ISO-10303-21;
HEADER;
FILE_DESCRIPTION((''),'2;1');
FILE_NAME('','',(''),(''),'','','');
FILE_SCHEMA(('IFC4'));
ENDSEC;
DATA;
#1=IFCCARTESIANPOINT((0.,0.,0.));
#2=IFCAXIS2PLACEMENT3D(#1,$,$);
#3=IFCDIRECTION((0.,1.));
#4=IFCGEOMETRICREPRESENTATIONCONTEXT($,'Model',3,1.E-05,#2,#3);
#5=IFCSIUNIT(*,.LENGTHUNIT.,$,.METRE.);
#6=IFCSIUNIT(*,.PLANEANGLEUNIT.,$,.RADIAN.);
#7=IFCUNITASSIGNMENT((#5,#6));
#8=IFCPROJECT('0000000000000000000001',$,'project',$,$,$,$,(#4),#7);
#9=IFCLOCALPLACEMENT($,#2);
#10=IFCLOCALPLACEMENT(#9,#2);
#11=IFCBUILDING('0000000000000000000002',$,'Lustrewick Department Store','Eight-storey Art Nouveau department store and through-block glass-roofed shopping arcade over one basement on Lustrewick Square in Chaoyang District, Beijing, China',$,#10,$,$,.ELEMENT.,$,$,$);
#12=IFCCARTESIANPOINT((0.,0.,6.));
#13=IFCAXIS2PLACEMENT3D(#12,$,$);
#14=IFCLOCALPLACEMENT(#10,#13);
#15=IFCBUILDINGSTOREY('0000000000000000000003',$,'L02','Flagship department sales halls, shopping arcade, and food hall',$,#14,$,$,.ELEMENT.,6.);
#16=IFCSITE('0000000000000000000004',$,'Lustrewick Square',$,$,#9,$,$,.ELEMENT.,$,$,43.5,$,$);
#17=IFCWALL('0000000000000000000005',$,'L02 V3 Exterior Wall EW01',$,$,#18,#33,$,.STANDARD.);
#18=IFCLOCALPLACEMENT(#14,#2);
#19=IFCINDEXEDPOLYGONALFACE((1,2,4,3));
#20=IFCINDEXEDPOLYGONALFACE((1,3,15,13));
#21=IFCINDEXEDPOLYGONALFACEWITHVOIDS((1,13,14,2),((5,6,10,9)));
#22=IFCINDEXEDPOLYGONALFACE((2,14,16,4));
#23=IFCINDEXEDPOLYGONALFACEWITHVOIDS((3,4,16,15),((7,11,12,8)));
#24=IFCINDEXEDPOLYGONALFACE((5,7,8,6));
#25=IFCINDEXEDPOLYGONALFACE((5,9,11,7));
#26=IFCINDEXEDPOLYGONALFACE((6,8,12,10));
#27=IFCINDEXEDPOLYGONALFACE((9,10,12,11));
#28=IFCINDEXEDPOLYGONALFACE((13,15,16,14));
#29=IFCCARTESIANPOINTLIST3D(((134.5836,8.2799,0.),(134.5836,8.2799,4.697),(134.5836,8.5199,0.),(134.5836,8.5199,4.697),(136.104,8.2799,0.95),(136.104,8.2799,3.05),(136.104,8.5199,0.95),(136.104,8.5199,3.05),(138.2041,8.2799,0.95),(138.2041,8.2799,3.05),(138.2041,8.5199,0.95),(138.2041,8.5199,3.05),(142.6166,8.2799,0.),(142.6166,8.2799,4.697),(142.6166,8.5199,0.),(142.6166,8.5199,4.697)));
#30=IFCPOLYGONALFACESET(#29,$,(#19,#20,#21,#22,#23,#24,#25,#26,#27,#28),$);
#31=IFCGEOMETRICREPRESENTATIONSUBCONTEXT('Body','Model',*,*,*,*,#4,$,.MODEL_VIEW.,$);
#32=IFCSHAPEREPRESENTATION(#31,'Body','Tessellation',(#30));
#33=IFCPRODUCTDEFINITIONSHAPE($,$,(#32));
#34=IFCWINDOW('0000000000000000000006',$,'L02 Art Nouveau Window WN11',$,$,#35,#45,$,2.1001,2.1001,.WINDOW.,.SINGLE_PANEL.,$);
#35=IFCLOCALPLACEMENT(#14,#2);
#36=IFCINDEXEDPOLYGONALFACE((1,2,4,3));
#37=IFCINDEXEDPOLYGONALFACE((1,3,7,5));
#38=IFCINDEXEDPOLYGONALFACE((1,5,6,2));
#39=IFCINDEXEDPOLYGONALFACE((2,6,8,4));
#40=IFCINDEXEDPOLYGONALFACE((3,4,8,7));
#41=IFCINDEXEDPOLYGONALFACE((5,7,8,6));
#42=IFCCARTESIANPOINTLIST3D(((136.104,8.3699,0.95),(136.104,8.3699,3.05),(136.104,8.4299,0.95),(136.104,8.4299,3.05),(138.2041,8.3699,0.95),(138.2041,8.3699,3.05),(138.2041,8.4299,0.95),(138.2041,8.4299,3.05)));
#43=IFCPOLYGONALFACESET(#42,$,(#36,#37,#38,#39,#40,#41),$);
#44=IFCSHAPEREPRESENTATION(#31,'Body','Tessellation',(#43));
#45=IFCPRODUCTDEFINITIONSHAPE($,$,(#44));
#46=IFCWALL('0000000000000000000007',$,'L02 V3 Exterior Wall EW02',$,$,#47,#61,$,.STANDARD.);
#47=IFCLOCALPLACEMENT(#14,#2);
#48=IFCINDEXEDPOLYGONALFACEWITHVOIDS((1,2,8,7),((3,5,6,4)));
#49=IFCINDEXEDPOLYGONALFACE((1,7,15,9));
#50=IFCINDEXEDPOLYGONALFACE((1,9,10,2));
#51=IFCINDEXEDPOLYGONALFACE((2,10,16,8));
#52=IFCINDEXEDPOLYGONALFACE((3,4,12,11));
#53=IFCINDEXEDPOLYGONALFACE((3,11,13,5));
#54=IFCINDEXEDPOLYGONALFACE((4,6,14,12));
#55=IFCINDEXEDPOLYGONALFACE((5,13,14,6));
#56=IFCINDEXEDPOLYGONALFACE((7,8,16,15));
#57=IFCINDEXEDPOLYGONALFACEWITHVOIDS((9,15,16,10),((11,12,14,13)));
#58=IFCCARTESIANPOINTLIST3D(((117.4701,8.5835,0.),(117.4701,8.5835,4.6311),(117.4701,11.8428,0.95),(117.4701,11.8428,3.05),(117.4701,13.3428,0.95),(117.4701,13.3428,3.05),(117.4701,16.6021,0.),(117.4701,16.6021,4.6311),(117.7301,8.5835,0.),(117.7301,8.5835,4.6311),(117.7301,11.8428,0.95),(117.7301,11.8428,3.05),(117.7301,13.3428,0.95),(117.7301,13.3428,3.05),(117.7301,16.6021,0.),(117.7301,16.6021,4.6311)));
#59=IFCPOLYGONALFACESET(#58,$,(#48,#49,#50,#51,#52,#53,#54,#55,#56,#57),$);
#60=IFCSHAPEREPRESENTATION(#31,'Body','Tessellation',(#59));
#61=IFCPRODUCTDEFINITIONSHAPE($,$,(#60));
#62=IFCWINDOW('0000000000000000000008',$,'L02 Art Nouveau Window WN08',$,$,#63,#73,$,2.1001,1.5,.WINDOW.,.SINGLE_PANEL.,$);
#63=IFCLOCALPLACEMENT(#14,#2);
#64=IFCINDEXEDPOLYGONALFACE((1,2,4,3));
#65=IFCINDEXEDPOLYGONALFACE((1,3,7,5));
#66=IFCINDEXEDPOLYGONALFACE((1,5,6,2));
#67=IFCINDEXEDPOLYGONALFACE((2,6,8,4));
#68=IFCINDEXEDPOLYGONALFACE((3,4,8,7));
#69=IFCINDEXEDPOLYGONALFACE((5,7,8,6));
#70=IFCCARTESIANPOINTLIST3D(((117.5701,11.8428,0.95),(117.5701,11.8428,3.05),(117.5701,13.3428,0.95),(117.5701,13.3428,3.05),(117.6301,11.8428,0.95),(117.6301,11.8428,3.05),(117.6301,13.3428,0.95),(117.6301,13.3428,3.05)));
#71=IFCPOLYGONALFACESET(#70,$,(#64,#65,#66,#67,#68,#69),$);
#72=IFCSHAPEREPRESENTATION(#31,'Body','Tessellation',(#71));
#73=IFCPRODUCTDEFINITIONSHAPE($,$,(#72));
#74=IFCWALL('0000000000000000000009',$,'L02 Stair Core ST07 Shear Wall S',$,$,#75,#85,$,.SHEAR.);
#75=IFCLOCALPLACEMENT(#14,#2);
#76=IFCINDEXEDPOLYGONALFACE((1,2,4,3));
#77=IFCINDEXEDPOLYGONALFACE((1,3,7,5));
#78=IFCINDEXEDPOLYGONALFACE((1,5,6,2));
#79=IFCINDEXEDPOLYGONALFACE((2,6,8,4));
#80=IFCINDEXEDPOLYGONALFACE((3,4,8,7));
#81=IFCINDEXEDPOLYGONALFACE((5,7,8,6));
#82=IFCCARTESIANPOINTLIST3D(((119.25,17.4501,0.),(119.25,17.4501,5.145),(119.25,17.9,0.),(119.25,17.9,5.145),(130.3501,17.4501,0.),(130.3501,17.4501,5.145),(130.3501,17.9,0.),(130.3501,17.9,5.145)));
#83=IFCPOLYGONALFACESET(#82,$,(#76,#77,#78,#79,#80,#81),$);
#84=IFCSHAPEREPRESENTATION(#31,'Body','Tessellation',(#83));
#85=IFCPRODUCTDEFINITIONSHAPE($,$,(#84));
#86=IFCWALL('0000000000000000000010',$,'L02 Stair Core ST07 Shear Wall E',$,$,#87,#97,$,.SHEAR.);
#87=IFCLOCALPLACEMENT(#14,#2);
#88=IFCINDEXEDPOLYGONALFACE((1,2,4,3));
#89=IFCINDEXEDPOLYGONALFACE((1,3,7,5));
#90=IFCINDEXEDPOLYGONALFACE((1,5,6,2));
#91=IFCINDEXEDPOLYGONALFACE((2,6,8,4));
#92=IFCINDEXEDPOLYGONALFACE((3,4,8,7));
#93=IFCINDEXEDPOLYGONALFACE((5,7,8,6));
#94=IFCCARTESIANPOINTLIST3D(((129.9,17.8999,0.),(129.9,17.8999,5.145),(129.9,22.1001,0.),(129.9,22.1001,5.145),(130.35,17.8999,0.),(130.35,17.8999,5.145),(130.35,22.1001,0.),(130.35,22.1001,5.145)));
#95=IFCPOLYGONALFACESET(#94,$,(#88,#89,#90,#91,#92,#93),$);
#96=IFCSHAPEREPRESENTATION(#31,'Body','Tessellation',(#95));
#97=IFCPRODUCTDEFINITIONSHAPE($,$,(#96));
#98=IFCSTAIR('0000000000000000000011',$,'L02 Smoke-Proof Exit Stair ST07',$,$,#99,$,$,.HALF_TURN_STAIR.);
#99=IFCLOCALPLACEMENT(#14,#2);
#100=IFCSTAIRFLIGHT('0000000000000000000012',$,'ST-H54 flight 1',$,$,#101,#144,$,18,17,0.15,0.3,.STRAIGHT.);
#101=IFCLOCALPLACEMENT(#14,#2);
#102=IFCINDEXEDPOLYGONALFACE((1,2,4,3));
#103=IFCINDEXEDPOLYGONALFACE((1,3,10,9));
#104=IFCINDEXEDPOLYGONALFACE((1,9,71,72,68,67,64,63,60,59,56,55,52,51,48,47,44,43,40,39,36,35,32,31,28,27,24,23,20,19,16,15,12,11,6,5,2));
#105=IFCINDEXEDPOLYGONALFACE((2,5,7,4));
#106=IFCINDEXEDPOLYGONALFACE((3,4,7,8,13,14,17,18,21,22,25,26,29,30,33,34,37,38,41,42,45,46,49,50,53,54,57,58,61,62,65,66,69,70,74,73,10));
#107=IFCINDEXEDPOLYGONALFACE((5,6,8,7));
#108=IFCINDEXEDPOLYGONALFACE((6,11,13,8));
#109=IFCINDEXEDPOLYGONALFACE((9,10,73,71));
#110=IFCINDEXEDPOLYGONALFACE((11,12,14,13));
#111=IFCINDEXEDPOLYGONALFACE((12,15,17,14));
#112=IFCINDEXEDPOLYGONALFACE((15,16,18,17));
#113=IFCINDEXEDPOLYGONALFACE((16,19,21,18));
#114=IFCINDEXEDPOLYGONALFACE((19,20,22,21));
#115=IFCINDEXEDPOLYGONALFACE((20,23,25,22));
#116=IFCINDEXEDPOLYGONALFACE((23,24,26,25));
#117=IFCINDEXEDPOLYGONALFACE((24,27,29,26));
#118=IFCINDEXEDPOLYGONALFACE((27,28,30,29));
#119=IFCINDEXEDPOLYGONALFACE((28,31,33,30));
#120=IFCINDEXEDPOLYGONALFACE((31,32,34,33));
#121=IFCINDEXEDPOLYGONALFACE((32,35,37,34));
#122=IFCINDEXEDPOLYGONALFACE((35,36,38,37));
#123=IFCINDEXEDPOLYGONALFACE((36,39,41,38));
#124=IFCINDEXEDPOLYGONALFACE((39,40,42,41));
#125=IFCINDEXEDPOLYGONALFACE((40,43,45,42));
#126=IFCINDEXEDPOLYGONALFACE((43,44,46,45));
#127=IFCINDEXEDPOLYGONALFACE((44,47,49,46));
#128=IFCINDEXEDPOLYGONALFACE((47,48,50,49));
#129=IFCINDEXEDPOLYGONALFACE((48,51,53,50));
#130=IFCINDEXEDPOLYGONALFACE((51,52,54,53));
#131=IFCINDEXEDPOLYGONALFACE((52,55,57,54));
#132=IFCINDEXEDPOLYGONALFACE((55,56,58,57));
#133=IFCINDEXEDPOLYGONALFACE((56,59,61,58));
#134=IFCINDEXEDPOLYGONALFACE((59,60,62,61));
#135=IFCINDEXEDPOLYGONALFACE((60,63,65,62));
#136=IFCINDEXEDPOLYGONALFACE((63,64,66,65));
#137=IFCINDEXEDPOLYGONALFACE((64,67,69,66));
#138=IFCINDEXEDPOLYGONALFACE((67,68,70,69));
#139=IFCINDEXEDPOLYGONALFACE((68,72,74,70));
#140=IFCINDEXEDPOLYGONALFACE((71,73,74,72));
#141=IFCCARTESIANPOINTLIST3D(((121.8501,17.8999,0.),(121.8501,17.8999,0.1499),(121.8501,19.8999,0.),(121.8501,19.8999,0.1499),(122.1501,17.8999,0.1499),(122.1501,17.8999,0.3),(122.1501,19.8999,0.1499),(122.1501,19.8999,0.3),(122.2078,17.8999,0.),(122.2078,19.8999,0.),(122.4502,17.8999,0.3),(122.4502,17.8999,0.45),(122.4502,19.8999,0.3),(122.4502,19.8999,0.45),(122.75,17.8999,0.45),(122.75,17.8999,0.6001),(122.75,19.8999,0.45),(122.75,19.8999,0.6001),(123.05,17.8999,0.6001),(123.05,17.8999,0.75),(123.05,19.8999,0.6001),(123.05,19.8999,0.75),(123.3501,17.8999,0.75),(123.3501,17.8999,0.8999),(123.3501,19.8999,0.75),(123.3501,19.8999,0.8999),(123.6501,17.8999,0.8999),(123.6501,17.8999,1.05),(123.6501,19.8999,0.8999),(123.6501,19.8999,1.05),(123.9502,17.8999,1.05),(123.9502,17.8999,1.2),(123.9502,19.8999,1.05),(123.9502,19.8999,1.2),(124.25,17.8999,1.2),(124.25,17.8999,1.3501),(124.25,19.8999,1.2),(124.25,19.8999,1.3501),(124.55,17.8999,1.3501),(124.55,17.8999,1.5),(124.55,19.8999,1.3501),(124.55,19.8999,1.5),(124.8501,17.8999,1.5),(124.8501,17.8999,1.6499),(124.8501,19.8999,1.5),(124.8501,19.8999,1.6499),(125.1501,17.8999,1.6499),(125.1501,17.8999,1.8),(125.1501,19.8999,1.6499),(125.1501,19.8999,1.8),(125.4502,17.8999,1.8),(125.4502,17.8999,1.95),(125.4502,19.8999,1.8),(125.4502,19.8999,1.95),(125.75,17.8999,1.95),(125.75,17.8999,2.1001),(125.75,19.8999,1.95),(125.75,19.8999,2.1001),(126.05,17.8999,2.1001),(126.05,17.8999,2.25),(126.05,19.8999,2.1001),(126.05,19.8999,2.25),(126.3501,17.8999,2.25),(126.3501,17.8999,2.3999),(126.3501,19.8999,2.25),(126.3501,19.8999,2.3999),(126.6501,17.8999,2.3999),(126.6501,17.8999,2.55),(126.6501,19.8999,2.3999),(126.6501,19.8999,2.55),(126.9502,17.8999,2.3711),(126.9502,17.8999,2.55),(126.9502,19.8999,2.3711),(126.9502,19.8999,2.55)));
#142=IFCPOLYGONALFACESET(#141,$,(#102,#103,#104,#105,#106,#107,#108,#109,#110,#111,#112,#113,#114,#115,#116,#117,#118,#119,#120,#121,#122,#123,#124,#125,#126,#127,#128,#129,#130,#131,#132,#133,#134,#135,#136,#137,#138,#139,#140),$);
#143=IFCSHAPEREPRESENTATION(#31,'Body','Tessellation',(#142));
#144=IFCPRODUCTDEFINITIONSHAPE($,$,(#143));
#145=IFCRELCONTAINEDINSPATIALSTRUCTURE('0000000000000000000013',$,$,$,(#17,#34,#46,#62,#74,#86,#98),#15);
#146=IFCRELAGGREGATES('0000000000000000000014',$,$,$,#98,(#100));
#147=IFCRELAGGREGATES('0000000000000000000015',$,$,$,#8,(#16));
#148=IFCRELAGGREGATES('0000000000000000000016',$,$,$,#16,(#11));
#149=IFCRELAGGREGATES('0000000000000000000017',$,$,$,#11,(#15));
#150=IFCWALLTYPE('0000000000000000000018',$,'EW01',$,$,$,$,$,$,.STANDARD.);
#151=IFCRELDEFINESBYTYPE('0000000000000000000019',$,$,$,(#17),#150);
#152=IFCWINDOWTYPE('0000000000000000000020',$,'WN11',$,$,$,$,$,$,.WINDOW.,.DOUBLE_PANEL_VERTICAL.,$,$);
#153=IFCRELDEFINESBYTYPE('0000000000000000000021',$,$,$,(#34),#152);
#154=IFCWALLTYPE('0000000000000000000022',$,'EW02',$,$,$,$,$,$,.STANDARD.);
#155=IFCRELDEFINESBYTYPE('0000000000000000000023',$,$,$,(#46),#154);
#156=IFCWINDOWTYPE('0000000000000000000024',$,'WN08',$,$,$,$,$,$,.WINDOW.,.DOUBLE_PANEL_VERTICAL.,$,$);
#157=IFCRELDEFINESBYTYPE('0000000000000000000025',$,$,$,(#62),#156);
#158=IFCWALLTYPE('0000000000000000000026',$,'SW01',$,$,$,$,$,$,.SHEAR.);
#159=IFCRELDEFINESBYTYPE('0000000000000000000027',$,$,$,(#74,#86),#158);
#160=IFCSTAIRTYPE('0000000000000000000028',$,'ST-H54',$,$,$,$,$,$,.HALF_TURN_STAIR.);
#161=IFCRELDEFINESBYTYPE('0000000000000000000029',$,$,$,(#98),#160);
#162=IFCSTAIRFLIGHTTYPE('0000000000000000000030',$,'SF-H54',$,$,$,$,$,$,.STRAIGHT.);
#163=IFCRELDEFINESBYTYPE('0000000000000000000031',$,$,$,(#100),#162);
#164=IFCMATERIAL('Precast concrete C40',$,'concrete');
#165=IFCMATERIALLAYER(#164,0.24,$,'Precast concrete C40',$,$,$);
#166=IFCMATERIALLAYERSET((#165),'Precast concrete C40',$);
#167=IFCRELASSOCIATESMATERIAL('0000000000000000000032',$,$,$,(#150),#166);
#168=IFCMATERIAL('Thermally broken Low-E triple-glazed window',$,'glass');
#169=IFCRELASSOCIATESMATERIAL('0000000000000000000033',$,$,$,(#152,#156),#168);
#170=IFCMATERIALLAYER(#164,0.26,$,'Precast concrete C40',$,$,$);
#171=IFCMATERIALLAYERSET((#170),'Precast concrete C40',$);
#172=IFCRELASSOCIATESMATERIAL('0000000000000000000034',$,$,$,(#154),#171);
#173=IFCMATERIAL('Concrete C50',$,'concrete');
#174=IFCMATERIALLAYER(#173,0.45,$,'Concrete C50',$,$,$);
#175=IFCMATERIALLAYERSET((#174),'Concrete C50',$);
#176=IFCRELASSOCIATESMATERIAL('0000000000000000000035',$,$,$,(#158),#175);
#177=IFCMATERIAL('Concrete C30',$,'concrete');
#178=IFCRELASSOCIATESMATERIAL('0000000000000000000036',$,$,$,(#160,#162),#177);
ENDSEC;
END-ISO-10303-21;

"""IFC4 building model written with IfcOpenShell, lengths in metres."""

from ifc_helpers import new_model, si_unit, direction, frame, frame_2d, origin, place, context, subcontext, project, spatial, polyline, rectangle, outline, extrude, material, layer, layer_set, type_object, element, fill, aggregate, save


model = new_model("IFC4")

# Units and contexts
model_context = context("Model", 3, precision=1e-05, world=origin(), true_north=direction((0.0, 1.0)))
body_context = subcontext(model_context, "Body", "Model", "MODEL_VIEW")
ifc_project = project(units=[si_unit("LENGTHUNIT", "METRE"), si_unit("PLANEANGLEUNIT", "RADIAN")], contexts=[model_context])

# Site, building, storey
site_placement = place(None, origin())
site = spatial("IfcSite", under=ifc_project, at=site_placement, Name="Lustrewick Square", CompositionType="ELEMENT", RefElevation=43.5)
building_placement = place(site_placement, origin())
building = spatial("IfcBuilding", under=site, at=building_placement, Name="Lustrewick Department Store", Description="Eight-storey Art Nouveau department store and through-block glass-roofed shopping arcade over one basement on Lustrewick Square in Chaoyang District, Beijing, China", CompositionType="ELEMENT")
storey_placement = place(building_placement, frame((0.0, 0.0, 6.0)))
storey = spatial("IfcBuildingStorey", under=building, at=storey_placement, Name="L02", Description="Flagship department sales halls, shopping arcade, and food hall", CompositionType="ELEMENT", Elevation=6.0)

# Walls, openings, windows
ifc_material_1 = material(Name="Precast concrete C40", Category="concrete")
ifc_layer_1 = layer(ifc_material_1, 0.24, Name="Precast concrete C40")
ifc_layer_set_1 = layer_set([ifc_layer_1], Name="Precast concrete C40")
wall_type_1 = type_object("IfcWallType", Name="EW01", PredefinedType="STANDARD", material=ifc_layer_set_1)
wall_1_placement = place(storey_placement, frame((134.5835, 8.3999, 0.0), z_axis=(0.0, 0.0, 1.0), x_axis=(1.0, 0.0, 0.0)))
wall_1 = element("IfcWall", 1, at=wall_1_placement, inside=storey, type_object=wall_type_1, Name="L02 V3 Exterior Wall EW01", PredefinedType="STANDARD", context=body_context, shape_type="SweptSolid", body=[
    extrude(rectangle(XDim=8.033, YDim=0.24, at=frame_2d((4.0166, 0.0))), origin(), (0.0, 0.0, 1.0), 4.697),
])
opening_1_placement = place(wall_1_placement, frame((1.5205, 0.0, 0.95)))
opening_1 = element("IfcOpeningElement", 2, at=opening_1_placement, cuts=wall_1, PredefinedType="OPENING", context=body_context, shape_type="SweptSolid", body=[
    extrude(rectangle(XDim=2.1001, YDim=2.1001, at=frame_2d((1.05, 1.05))), frame((0.0, 0.1299, 0.0), z_axis=(0.0, -1.0, 0.0), x_axis=(1.0, 0.0, 0.0)), (0.0, 0.0, 1.0), 0.26),
])
ifc_material_2 = material(Name="Thermally broken Low-E triple-glazed window", Category="glass")
window_type_1 = type_object("IfcWindowType", Name="WN11", PartitioningType="DOUBLE_PANEL_VERTICAL", PredefinedType="WINDOW", material=ifc_material_2)
window_1_placement = place(opening_1_placement, origin())
window_1 = element("IfcWindow", 3, at=window_1_placement, inside=storey, type_object=window_type_1, Name="L02 Art Nouveau Window WN11", OverallHeight=2.1001, OverallWidth=2.1001, PartitioningType="SINGLE_PANEL", PredefinedType="WINDOW", context=body_context, shape_type="SweptSolid", body=[
    extrude(rectangle(XDim=2.1001, YDim=2.1001, at=frame_2d((1.05, 1.05))), frame((0.0, 0.03, 0.0), z_axis=(0.0, -1.0, 0.0), x_axis=(1.0, 0.0, 0.0)), (0.0, 0.0, 1.0), 0.0601),
])
fill(opening_1, window_1)
ifc_layer_2 = layer(ifc_material_1, 0.26, Name="Precast concrete C40")
ifc_layer_set_2 = layer_set([ifc_layer_2], Name="Precast concrete C40")
wall_type_2 = type_object("IfcWallType", Name="EW02", PredefinedType="STANDARD", material=ifc_layer_set_2)
wall_2_placement = place(storey_placement, frame((117.6001, 16.6021, 0.0), z_axis=(0.0, 0.0, 1.0), x_axis=(0.0, -1.0, 0.0)))
wall_2 = element("IfcWall", 4, at=wall_2_placement, inside=storey, type_object=wall_type_2, Name="L02 V3 Exterior Wall EW02", PredefinedType="STANDARD", context=body_context, shape_type="SweptSolid", body=[
    extrude(rectangle(XDim=8.0186, YDim=0.26, at=frame_2d((4.0093, 0.0))), origin(), (0.0, 0.0, 1.0), 4.6311),
])
opening_2_placement = place(wall_2_placement, frame((3.2593, 0.0, 0.95)))
opening_2 = element("IfcOpeningElement", 5, at=opening_2_placement, cuts=wall_2, PredefinedType="OPENING", context=body_context, shape_type="SweptSolid", body=[
    extrude(rectangle(XDim=1.5, YDim=2.1001, at=frame_2d((0.75, 1.05))), frame((0.0, 0.1401, 0.0), z_axis=(0.0, -1.0, 0.0), x_axis=(1.0, 0.0, 0.0)), (0.0, 0.0, 1.0), 0.28),
])
window_type_2 = type_object("IfcWindowType", Name="WN08", PartitioningType="DOUBLE_PANEL_VERTICAL", PredefinedType="WINDOW", material=ifc_material_2)
window_2_placement = place(opening_2_placement, origin())
window_2 = element("IfcWindow", 6, at=window_2_placement, inside=storey, type_object=window_type_2, Name="L02 Art Nouveau Window WN08", OverallHeight=2.1001, OverallWidth=1.5, PartitioningType="SINGLE_PANEL", PredefinedType="WINDOW", context=body_context, shape_type="SweptSolid", body=[
    extrude(rectangle(XDim=1.5, YDim=2.1001, at=frame_2d((0.75, 1.05))), frame((0.0, 0.03, 0.0), z_axis=(0.0, -1.0, 0.0), x_axis=(1.0, 0.0, 0.0)), (0.0, 0.0, 1.0), 0.0601),
])
fill(opening_2, window_2)

# Walls
ifc_material_3 = material(Name="Concrete C50", Category="concrete")
ifc_layer_3 = layer(ifc_material_3, 0.45, Name="Concrete C50")
ifc_layer_set_3 = layer_set([ifc_layer_3], Name="Concrete C50")
wall_type_3 = type_object("IfcWallType", Name="SW01", PredefinedType="SHEAR", material=ifc_layer_set_3)
wall_3_placement = place(storey_placement, frame((119.25, 17.675, 0.0), z_axis=(0.0, 0.0, 1.0), x_axis=(1.0, 0.0, 0.0)))
element("IfcWall", 7, at=wall_3_placement, inside=storey, type_object=wall_type_3, Name="L02 Stair Core ST07 Shear Wall S", PredefinedType="SHEAR", context=body_context, shape_type="SweptSolid", body=[
    extrude(rectangle(XDim=11.1001, YDim=0.45, at=frame_2d((5.55, 0.0))), origin(), (0.0, 0.0, 1.0), 5.145),
])
wall_4_placement = place(storey_placement, frame((130.125, 17.8999, 0.0), z_axis=(0.0, 0.0, 1.0), x_axis=(0.0, 1.0, 0.0)))
element("IfcWall", 8, at=wall_4_placement, inside=storey, type_object=wall_type_3, Name="L02 Stair Core ST07 Shear Wall E", PredefinedType="SHEAR", context=body_context, shape_type="SweptSolid", body=[
    extrude(rectangle(XDim=4.2002, YDim=0.45, at=frame_2d((2.1001, 0.0))), origin(), (0.0, 0.0, 1.0), 5.145),
])

# Stair, stair flight
ifc_material_4 = material(Name="Concrete C30", Category="concrete")
stair_type = type_object("IfcStairType", Name="ST-H54", PredefinedType="HALF_TURN_STAIR", material=ifc_material_4)
stair_placement = place(storey_placement, origin())
stair = element("IfcStair", 9, at=stair_placement, inside=storey, type_object=stair_type, Name="L02 Smoke-Proof Exit Stair ST07", PredefinedType="HALF_TURN_STAIR")
stair_flight_type = type_object("IfcStairFlightType", Name="SF-H54", PredefinedType="STRAIGHT", material=ifc_material_4)
stair_flight_placement = place(storey_placement, frame((121.8501, 18.8999, 0.0), z_axis=(0.0, 0.0, 1.0), x_axis=(1.0, 0.0, 0.0)))
stair_flight = element("IfcStairFlight", 10, at=stair_flight_placement, type_object=stair_flight_type, Name="ST-H54 flight 1", NumberOfRisers=18, NumberOfTreads=17, PredefinedType="STRAIGHT", RiserHeight=0.15, TreadLength=0.3, context=body_context, shape_type="SweptSolid", body=[
    extrude(outline(polyline([(0.0, 0.0), (0.0, 0.1499), (0.3, 0.1499), (0.3, 0.3), (0.6001, 0.3), (0.6001, 0.45), (0.8999, 0.45), (0.8999, 0.6001), (1.2, 0.6001), (1.2, 0.75), (1.5, 0.75), (1.5, 0.8999), (1.8, 0.8999), (1.8, 1.05), (2.1001, 1.05), (2.1001, 1.2), (2.3999, 1.2), (2.3999, 1.3501), (2.7, 1.3501), (2.7, 1.5), (3.0, 1.5), (3.0, 1.6499), (3.3, 1.6499), (3.3, 1.8), (3.6001, 1.8), (3.6001, 1.95), (3.8999, 1.95), (3.8999, 2.1001), (4.2, 2.1001), (4.2, 2.25), (4.5, 2.25), (4.5, 2.3999), (4.8, 2.3999), (4.8, 2.55), (5.1001, 2.55), (5.1001, 2.7), (5.1001, 2.3711), (0.3577, 0.0), (0.0, 0.0)])), frame((0.0, 1.0, 0.0), z_axis=(0.0, -1.0, 0.0), x_axis=(1.0, 0.0, 0.0)), (0.0, 0.0, 1.0), 2.0),
])
aggregate(stair, [stair_flight])

save(model, "model.ifc")
